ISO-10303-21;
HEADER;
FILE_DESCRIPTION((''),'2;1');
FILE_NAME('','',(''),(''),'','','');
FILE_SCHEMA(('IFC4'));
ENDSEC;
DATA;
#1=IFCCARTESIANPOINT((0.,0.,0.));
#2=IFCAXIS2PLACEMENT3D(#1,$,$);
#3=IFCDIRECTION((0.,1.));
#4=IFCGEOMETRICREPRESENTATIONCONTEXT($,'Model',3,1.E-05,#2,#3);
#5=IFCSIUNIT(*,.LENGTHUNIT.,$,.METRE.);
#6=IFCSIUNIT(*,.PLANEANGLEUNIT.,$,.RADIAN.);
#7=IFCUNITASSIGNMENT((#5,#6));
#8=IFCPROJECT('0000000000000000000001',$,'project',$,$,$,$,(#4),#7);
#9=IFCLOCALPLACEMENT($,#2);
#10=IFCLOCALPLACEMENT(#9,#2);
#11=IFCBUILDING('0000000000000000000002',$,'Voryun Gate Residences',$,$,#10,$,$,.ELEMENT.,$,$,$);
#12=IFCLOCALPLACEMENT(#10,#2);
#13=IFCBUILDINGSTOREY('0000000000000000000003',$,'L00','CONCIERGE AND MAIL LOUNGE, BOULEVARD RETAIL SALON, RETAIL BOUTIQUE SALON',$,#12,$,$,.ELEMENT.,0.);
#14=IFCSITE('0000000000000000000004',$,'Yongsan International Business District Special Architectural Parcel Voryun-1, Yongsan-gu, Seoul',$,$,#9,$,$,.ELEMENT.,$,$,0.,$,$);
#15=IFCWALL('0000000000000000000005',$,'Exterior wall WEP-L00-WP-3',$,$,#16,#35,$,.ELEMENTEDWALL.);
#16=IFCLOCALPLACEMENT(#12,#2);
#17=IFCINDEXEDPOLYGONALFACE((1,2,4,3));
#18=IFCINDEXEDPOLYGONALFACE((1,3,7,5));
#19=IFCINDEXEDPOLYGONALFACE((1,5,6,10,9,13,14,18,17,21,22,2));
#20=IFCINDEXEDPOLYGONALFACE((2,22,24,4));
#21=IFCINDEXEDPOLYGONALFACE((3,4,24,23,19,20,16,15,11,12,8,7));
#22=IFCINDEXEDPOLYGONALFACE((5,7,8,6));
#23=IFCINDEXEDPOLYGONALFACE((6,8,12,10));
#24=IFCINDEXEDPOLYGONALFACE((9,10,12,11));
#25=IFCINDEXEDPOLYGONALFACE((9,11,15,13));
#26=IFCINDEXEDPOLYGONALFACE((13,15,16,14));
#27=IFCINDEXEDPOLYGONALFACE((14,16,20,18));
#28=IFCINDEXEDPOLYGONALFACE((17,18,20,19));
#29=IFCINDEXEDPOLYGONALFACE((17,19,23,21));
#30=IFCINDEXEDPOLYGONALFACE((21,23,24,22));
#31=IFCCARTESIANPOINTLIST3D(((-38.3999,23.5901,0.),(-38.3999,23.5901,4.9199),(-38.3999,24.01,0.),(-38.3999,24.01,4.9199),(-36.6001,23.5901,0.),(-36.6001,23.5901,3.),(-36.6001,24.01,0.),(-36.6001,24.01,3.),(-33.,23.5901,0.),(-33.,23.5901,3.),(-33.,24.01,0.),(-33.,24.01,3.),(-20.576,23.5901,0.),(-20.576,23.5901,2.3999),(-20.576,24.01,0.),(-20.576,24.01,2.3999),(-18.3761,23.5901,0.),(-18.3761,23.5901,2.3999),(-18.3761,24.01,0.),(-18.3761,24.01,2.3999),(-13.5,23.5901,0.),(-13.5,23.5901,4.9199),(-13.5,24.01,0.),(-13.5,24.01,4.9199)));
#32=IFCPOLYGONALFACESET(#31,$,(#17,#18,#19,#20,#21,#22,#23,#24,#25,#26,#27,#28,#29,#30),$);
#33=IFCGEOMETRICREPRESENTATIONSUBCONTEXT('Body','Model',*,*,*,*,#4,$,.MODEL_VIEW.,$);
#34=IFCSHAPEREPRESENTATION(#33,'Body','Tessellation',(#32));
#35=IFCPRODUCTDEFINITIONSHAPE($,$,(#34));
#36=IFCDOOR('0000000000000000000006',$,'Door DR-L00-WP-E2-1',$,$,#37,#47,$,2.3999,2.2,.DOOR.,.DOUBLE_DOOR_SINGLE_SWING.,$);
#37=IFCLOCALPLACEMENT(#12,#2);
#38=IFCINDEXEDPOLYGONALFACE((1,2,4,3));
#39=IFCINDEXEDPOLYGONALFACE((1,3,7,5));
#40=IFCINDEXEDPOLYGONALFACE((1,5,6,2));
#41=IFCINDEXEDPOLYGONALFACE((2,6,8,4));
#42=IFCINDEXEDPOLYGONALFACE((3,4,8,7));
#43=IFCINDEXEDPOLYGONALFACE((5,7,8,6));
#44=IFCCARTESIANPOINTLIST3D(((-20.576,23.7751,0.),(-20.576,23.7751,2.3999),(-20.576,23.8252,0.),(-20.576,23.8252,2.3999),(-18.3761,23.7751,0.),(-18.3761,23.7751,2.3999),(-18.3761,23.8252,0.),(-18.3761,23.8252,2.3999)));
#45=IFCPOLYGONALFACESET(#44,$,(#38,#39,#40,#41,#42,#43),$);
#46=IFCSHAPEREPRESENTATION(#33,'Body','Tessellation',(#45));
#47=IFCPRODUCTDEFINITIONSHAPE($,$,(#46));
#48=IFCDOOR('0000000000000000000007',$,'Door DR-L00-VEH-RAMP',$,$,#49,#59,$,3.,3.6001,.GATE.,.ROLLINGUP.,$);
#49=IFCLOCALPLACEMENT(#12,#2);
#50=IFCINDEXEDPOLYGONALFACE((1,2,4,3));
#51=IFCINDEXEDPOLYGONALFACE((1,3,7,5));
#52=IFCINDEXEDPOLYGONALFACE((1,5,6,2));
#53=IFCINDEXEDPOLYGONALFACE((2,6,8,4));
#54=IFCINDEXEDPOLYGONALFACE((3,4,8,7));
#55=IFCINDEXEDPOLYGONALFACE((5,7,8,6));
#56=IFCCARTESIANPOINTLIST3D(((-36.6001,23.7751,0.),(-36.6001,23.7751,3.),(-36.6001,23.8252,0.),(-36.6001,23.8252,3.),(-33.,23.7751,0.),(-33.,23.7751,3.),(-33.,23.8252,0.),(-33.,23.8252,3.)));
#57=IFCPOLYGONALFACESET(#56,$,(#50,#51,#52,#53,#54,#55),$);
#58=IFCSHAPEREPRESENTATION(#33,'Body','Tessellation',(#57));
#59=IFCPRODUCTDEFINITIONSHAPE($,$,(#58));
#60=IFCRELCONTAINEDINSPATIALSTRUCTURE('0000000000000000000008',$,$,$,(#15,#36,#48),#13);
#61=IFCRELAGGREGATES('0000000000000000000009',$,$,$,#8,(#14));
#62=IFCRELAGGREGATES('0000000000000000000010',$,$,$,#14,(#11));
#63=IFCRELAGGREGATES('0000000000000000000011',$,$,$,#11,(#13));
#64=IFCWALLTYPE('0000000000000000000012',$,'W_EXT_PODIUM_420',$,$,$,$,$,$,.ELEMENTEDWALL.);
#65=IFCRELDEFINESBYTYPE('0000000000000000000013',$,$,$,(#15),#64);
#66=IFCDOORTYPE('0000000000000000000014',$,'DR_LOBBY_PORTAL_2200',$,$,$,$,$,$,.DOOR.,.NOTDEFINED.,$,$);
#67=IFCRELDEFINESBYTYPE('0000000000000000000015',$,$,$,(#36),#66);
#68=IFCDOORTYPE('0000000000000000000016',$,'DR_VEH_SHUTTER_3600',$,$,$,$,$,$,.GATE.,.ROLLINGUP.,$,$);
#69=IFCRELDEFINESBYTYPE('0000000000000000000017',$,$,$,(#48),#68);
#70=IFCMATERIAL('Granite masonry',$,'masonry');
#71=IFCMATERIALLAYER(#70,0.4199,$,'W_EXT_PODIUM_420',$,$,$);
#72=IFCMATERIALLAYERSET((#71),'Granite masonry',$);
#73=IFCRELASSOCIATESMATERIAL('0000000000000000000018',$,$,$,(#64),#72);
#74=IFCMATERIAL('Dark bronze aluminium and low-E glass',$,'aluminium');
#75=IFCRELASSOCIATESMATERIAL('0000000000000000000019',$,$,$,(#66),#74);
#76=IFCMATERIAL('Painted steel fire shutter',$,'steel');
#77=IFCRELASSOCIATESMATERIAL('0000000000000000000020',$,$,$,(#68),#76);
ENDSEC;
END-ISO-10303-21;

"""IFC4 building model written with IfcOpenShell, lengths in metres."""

from ifc_helpers import new_model, si_unit, direction, frame, frame_2d, origin, place, context, subcontext, project, spatial, rectangle, extrude, material, layer, layer_set, type_object, element, fill, save


model = new_model("IFC4")

# Units and contexts
model_context = context("Model", 3, precision=1e-05, world=origin(), true_north=direction((0.0, 1.0)))
body_context = subcontext(model_context, "Body", "Model", "MODEL_VIEW")
ifc_project = project(units=[si_unit("LENGTHUNIT", "METRE"), si_unit("PLANEANGLEUNIT", "RADIAN")], contexts=[model_context])

# Site, building, storey
site_placement = place(None, origin())
site = spatial("IfcSite", under=ifc_project, at=site_placement, Name="Yongsan International Business District Special Architectural Parcel Voryun-1, Yongsan-gu, Seoul", CompositionType="ELEMENT", RefElevation=0.0)
building_placement = place(site_placement, origin())
building = spatial("IfcBuilding", under=site, at=building_placement, Name="Voryun Gate Residences", CompositionType="ELEMENT")
storey_placement = place(building_placement, origin())
storey = spatial("IfcBuildingStorey", under=building, at=storey_placement, Name="L00", Description="CONCIERGE AND MAIL LOUNGE, BOULEVARD RETAIL SALON, RETAIL BOUTIQUE SALON", CompositionType="ELEMENT", Elevation=0.0)

# Shared definitions
ifc_material_1 = material(Name="Granite masonry", Category="masonry")
ifc_layer_1 = layer(ifc_material_1, 0.4199, Name="W_EXT_PODIUM_420")
ifc_layer_set_1 = layer_set([ifc_layer_1], Name="Granite masonry")
wall_type_1 = type_object("IfcWallType", Name="W_EXT_PODIUM_420", PredefinedType="ELEMENTEDWALL", material=ifc_layer_set_1)

# Wall, openings, doors
wall_1_placement = place(storey_placement, frame((-13.5, 23.8, 0.0), z_axis=(0.0, 0.0, 1.0), x_axis=(-1.0, 0.0, 0.0)))
wall_1 = element("IfcWall", 1, at=wall_1_placement, inside=storey, type_object=wall_type_1, Name="Exterior wall WEP-L00-WP-3", PredefinedType="ELEMENTEDWALL", context=body_context, shape_type="SweptSolid", body=[
    extrude(rectangle(XDim=24.8999, YDim=0.4199, at=frame_2d((12.45, 0.0))), origin(), (0.0, 0.0, 1.0), 4.9199),
])
opening_1_placement = place(wall_1_placement, frame((19.5, 0.0, 0.0)))
opening_1 = element("IfcOpeningElement", 2, at=opening_1_placement, cuts=wall_1, PredefinedType="OPENING", context=body_context, shape_type="SweptSolid", body=[
    extrude(rectangle(XDim=3.6001, YDim=3.0, at=frame_2d((1.8, 1.5))), frame((0.0, 0.22, 0.0), z_axis=(0.0, -1.0, 0.0), x_axis=(1.0, 0.0, 0.0)), (0.0, 0.0, 1.0), 0.4399),
])
opening_2_placement = place(wall_1_placement, frame((4.876, 0.0, 0.0)))
opening_2 = element("IfcOpeningElement", 3, at=opening_2_placement, cuts=wall_1, PredefinedType="OPENING", context=body_context, shape_type="SweptSolid", body=[
    extrude(rectangle(XDim=2.2, YDim=2.3999, at=frame_2d((1.1001, 1.2))), frame((0.0, 0.22, 0.0), z_axis=(0.0, -1.0, 0.0), x_axis=(1.0, 0.0, 0.0)), (0.0, 0.0, 1.0), 0.4399),
])
ifc_material_2 = material(Name="Dark bronze aluminium and low-E glass", Category="aluminium")
door_type_1 = type_object("IfcDoorType", Name="DR_LOBBY_PORTAL_2200", OperationType="NOTDEFINED", PredefinedType="DOOR", material=ifc_material_2)
door_1_placement = place(opening_2_placement, origin())
door_1 = element("IfcDoor", 4, at=door_1_placement, inside=storey, type_object=door_type_1, Name="Door DR-L00-WP-E2-1", OperationType="DOUBLE_DOOR_SINGLE_SWING", OverallHeight=2.3999, OverallWidth=2.2, PredefinedType="DOOR", context=body_context, shape_type="SweptSolid", body=[
    extrude(rectangle(XDim=2.2, YDim=2.3999, at=frame_2d((1.1001, 1.2))), frame((0.0, 0.0249, 0.0), z_axis=(0.0, -1.0, 0.0), x_axis=(1.0, 0.0, 0.0)), (0.0, 0.0, 1.0), 0.05),
])
fill(opening_2, door_1)
ifc_material_3 = material(Name="Painted steel fire shutter", Category="steel")
door_type_2 = type_object("IfcDoorType", Name="DR_VEH_SHUTTER_3600", OperationType="ROLLINGUP", PredefinedType="GATE", material=ifc_material_3)
door_2_placement = place(opening_1_placement, origin())
door_2 = element("IfcDoor", 5, at=door_2_placement, inside=storey, type_object=door_type_2, Name="Door DR-L00-VEH-RAMP", OperationType="ROLLINGUP", OverallHeight=3.0, OverallWidth=3.6001, PredefinedType="GATE", context=body_context, shape_type="SweptSolid", body=[
    extrude(rectangle(XDim=3.6001, YDim=3.0, at=frame_2d((1.8, 1.5))), frame((0.0, 0.0249, 0.0), z_axis=(0.0, -1.0, 0.0), x_axis=(1.0, 0.0, 0.0)), (0.0, 0.0, 1.0), 0.05),
])
fill(opening_1, door_2)

save(model, "model.ifc")
